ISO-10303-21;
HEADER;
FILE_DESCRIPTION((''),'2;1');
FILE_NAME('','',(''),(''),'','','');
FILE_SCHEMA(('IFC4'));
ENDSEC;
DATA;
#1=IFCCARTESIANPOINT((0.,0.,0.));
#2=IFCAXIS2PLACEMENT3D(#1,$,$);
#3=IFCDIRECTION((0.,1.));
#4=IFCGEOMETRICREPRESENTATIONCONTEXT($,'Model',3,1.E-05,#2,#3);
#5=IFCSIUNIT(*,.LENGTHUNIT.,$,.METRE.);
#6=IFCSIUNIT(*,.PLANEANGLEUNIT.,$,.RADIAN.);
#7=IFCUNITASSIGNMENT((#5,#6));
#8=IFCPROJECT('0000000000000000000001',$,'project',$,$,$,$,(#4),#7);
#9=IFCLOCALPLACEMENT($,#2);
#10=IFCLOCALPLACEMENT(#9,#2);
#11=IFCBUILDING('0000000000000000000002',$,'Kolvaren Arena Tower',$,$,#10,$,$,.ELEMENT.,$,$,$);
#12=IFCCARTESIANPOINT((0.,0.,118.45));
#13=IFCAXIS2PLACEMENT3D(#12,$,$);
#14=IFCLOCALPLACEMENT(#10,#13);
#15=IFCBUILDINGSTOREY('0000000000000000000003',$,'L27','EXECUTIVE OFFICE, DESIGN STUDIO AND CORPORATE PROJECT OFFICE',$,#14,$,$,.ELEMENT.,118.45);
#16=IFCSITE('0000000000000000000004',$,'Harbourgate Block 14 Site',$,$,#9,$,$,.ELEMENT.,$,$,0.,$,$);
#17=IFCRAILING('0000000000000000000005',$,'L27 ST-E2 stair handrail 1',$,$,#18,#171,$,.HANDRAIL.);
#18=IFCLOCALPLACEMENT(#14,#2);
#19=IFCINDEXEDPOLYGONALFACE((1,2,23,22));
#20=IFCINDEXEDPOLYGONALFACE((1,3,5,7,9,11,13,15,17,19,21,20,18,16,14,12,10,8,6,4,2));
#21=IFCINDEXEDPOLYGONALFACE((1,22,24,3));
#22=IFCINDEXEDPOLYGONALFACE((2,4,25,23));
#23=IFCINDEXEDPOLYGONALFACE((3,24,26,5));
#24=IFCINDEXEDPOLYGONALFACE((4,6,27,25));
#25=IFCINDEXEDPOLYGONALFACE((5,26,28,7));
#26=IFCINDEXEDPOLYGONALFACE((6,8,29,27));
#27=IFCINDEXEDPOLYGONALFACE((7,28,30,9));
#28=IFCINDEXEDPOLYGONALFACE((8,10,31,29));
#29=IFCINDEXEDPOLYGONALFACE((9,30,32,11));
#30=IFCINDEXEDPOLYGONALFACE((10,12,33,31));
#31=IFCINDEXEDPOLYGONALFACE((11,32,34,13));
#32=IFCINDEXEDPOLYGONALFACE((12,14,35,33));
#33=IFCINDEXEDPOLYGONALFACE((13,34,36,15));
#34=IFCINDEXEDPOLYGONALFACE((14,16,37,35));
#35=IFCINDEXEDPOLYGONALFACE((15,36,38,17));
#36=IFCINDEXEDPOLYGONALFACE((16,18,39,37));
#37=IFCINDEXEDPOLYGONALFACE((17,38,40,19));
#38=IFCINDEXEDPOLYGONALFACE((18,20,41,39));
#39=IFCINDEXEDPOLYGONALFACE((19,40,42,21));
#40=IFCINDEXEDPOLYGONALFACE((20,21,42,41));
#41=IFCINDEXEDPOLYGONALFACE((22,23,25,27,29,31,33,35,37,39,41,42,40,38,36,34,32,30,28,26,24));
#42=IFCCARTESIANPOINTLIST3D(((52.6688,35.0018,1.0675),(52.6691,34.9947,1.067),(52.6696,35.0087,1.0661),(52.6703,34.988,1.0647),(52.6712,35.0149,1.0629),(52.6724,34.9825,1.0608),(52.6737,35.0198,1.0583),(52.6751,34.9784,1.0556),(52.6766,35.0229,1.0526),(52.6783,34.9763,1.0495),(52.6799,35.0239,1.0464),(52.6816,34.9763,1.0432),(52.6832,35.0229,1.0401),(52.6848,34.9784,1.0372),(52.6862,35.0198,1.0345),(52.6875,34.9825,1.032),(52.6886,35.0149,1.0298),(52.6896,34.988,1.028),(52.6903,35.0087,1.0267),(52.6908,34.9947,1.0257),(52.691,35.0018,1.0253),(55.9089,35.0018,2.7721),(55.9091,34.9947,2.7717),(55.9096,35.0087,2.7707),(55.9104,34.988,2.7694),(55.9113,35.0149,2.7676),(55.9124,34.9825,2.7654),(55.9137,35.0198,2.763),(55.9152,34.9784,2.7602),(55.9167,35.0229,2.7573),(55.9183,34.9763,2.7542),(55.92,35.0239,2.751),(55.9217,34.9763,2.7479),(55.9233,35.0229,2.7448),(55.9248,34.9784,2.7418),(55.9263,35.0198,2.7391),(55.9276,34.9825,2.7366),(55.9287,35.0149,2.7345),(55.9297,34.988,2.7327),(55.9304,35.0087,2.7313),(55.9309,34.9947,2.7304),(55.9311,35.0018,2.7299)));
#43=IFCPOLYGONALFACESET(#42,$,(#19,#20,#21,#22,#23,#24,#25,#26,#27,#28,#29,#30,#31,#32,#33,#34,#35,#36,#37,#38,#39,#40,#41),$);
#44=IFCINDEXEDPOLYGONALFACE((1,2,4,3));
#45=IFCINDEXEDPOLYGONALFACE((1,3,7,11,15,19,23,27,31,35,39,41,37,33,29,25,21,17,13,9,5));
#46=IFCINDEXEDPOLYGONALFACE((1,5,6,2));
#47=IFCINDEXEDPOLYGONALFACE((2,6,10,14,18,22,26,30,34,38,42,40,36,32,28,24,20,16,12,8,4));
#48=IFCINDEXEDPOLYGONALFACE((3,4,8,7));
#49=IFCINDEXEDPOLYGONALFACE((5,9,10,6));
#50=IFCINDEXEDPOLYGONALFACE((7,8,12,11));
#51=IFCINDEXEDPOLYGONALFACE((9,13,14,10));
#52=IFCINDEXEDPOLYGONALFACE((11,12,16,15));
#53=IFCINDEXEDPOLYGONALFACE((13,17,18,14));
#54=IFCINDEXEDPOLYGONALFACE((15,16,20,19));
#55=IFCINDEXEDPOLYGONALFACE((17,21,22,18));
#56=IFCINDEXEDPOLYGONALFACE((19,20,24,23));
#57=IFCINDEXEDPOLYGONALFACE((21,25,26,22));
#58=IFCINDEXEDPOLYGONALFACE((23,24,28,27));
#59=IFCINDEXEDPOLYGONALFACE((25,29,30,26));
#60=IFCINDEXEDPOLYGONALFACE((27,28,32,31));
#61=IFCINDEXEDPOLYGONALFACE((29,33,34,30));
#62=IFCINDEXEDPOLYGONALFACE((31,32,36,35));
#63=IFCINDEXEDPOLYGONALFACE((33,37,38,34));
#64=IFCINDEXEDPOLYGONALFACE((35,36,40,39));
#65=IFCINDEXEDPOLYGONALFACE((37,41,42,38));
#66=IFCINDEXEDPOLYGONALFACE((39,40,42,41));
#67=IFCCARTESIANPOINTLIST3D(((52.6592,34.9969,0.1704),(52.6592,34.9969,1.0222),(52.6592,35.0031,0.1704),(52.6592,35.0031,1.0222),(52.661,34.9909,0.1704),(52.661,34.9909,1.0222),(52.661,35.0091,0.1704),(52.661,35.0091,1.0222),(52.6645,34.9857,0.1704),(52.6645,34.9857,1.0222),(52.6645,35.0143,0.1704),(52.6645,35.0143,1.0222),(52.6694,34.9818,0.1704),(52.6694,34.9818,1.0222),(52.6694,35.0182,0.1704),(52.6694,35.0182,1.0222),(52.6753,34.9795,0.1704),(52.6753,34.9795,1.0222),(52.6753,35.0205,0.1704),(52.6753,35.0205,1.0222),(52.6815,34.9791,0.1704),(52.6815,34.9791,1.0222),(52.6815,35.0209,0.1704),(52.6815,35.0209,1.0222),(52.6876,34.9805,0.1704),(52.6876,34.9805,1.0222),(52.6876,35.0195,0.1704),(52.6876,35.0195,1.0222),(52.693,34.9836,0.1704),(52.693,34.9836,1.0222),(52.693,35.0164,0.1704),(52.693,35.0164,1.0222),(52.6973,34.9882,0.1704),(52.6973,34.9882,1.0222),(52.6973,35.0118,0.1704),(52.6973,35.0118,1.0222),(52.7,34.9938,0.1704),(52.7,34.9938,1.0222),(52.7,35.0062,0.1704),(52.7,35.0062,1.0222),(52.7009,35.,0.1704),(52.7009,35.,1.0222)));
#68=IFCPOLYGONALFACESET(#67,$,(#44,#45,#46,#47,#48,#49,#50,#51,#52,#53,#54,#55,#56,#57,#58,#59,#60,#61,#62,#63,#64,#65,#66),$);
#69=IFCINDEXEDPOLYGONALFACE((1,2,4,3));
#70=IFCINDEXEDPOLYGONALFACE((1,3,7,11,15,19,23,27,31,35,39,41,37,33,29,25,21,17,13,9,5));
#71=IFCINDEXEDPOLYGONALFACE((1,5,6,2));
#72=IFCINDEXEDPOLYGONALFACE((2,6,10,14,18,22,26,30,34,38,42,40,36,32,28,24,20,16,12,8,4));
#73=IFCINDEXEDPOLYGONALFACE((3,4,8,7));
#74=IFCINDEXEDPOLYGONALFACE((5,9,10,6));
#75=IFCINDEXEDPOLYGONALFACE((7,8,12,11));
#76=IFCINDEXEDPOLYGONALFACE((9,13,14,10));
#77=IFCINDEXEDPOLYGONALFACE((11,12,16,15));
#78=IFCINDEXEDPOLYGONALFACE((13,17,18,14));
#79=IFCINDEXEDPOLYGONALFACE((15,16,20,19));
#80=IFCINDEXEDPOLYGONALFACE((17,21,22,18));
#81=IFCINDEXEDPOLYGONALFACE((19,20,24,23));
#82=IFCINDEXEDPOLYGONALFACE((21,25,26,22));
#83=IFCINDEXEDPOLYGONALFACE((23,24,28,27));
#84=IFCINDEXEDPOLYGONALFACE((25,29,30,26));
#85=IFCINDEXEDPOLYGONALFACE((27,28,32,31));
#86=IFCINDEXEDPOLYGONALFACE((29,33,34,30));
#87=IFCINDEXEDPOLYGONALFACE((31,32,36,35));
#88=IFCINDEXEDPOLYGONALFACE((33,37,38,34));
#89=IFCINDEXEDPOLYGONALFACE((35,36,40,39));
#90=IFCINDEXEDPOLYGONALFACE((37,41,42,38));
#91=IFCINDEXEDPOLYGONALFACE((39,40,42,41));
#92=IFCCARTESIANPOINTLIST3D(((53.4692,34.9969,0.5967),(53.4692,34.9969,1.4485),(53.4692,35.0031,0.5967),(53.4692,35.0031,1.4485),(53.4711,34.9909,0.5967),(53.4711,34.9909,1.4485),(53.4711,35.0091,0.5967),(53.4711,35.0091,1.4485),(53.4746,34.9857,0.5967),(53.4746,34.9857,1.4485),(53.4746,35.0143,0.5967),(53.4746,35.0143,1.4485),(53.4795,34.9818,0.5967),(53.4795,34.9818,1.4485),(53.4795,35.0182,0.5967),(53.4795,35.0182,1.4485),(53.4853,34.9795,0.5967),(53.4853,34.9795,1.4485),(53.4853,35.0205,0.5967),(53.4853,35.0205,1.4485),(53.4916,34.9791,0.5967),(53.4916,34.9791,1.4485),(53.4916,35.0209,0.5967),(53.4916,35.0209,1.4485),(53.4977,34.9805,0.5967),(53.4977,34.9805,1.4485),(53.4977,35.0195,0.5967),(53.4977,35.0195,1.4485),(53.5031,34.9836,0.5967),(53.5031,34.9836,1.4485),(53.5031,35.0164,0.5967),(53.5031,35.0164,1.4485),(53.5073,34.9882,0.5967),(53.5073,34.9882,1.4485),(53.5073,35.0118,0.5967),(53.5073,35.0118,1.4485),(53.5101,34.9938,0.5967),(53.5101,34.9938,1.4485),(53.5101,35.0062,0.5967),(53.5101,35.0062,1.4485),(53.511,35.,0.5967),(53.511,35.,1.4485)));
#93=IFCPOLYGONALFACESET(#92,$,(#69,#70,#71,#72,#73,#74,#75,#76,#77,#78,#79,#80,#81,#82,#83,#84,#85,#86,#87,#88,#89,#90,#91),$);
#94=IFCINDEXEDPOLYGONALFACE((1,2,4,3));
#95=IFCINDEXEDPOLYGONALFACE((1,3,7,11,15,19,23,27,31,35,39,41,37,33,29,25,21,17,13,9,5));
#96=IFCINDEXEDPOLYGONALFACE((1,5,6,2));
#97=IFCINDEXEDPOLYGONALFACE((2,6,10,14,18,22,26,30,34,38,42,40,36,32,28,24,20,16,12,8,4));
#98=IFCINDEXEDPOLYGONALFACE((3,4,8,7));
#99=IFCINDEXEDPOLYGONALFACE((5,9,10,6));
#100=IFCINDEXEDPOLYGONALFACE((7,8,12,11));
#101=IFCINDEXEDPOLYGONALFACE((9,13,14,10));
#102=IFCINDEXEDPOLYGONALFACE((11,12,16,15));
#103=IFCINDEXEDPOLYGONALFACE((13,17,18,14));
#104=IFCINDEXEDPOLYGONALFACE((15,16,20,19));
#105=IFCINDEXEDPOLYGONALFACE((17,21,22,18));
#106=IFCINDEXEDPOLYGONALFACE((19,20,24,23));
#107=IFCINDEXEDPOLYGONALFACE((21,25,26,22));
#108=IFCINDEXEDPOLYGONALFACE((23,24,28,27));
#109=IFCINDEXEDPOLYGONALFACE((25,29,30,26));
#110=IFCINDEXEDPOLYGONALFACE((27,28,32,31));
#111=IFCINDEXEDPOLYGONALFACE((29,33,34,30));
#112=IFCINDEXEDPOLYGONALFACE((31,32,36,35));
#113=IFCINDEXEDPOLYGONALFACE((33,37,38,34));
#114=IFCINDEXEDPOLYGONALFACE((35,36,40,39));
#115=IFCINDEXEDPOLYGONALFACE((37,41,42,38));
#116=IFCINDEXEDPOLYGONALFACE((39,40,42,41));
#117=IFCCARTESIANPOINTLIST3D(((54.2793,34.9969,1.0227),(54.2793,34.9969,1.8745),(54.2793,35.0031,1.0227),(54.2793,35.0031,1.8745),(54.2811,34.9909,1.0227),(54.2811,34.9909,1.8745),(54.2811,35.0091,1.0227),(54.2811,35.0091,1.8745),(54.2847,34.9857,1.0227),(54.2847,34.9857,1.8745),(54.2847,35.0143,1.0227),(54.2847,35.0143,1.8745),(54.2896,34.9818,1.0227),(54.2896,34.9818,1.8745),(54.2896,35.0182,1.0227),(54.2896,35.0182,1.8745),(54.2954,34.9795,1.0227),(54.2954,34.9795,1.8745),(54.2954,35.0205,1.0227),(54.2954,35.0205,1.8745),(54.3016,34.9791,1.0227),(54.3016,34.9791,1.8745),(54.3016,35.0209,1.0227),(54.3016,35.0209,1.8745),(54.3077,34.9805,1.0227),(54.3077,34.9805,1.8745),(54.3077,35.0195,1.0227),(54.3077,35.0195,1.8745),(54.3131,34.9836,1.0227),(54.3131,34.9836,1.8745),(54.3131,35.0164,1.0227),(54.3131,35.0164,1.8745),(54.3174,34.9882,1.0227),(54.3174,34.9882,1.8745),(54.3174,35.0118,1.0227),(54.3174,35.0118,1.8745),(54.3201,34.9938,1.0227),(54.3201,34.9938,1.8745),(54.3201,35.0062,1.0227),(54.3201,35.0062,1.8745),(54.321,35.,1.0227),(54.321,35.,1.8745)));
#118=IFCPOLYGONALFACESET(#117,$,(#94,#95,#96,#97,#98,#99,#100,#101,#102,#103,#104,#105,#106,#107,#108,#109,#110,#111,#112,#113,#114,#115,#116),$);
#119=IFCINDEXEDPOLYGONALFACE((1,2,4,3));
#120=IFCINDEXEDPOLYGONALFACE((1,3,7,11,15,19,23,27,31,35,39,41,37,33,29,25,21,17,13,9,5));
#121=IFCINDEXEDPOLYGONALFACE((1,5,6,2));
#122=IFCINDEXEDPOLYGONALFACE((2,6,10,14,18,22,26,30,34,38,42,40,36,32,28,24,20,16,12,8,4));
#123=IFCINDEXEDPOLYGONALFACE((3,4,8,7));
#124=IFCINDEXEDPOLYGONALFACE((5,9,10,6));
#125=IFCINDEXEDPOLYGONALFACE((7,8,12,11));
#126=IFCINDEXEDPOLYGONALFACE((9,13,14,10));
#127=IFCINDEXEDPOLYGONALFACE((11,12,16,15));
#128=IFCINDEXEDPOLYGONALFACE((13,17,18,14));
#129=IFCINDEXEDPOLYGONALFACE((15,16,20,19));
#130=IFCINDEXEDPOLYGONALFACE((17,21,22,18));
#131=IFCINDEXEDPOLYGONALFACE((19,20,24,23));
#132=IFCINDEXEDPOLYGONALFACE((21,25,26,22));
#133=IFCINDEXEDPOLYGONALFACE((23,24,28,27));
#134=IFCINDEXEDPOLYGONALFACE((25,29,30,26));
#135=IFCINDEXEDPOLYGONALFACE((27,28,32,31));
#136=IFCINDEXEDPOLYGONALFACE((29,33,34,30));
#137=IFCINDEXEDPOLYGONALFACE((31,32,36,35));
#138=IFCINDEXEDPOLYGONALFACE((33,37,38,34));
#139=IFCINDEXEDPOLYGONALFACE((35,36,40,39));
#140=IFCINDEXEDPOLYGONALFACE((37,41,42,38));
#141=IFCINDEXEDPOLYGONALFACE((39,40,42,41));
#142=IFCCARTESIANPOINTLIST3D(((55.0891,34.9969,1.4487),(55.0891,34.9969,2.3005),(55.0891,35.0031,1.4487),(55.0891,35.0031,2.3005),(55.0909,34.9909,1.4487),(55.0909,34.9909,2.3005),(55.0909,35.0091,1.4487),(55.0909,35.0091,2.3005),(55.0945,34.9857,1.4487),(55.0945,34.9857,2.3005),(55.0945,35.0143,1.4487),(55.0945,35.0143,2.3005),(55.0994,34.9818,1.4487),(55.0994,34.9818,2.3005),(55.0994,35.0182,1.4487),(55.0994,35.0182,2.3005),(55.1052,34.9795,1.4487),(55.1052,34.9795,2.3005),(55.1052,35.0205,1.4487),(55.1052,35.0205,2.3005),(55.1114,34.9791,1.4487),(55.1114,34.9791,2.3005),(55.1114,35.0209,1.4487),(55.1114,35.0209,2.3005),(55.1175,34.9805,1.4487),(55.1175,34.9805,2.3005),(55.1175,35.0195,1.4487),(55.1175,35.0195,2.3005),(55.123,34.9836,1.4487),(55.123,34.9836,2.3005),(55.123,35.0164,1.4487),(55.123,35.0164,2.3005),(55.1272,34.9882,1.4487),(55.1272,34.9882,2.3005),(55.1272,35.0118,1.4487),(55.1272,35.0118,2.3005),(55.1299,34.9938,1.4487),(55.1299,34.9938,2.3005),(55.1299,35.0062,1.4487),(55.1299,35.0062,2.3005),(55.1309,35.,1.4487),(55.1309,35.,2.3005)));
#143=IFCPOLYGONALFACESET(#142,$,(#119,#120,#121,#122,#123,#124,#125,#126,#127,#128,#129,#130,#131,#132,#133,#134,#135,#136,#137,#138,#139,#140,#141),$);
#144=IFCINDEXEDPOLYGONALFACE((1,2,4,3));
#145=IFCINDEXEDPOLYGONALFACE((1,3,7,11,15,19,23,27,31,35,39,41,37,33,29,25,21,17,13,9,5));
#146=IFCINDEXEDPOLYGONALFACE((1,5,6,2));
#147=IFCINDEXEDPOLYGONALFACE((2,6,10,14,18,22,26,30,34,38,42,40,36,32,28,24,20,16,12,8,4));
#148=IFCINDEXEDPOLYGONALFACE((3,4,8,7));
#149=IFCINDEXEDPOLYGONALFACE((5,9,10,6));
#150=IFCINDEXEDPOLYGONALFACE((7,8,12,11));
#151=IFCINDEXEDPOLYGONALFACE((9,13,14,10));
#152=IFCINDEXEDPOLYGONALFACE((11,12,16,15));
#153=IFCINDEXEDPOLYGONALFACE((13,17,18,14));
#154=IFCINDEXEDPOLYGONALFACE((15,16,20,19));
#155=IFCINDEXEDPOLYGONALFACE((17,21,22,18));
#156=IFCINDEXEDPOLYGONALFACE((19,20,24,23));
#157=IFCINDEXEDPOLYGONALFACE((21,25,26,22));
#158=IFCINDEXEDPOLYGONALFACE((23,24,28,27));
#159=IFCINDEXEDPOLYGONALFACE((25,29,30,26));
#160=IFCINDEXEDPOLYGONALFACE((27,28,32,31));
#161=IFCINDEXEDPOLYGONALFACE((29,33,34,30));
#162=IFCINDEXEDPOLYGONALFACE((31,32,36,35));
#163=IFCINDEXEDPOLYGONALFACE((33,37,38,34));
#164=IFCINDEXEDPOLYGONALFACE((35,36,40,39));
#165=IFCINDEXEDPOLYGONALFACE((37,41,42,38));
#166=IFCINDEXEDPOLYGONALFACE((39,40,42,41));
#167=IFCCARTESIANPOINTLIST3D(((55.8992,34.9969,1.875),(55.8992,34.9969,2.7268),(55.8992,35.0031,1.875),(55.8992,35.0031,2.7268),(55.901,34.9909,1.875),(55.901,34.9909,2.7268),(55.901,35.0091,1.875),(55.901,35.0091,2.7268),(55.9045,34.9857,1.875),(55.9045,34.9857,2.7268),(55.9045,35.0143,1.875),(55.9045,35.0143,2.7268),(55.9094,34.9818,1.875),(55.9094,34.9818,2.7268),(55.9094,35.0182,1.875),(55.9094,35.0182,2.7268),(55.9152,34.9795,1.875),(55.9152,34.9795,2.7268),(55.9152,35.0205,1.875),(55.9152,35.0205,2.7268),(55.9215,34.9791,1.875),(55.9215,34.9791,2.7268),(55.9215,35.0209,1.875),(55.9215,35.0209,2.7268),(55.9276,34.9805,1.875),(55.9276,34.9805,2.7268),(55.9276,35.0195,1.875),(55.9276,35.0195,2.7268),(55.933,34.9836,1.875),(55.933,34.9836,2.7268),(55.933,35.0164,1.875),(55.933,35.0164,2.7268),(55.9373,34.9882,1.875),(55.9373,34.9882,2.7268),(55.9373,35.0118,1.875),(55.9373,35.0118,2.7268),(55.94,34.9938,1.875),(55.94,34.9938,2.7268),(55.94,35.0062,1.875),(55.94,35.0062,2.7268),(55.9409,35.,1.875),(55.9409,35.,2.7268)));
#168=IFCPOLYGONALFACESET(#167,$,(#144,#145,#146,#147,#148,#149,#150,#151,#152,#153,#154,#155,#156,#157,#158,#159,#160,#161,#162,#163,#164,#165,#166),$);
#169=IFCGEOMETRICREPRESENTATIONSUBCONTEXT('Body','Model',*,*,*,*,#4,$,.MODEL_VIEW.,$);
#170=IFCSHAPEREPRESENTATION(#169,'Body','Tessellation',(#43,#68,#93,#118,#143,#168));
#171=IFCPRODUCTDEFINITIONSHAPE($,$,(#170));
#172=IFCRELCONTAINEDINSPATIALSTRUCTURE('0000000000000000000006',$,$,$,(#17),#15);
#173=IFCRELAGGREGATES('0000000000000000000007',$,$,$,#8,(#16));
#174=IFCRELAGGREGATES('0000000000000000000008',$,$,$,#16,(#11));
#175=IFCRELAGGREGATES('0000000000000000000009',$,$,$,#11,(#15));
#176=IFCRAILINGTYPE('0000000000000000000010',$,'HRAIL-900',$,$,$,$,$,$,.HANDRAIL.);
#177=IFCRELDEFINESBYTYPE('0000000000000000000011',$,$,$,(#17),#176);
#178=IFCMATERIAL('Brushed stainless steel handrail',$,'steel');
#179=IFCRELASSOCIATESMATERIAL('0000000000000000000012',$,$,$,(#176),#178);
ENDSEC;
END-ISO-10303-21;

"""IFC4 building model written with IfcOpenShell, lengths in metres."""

from ifc_helpers import new_model, si_unit, direction, frame, origin, origin_2d, place, context, subcontext, project, spatial, circle, extrude, material, type_object, element, save


model = new_model("IFC4")

# Units and contexts
model_context = context("Model", 3, precision=1e-05, world=origin(), true_north=direction((0.0, 1.0)))
body_context = subcontext(model_context, "Body", "Model", "MODEL_VIEW")
ifc_project = project(units=[si_unit("LENGTHUNIT", "METRE"), si_unit("PLANEANGLEUNIT", "RADIAN")], contexts=[model_context])

# Site, building, storey
site_placement = place(None, origin())
site = spatial("IfcSite", under=ifc_project, at=site_placement, Name="Harbourgate Block 14 Site", CompositionType="ELEMENT", RefElevation=0.0)
building_placement = place(site_placement, origin())
building = spatial("IfcBuilding", under=site, at=building_placement, Name="Kolvaren Arena Tower", CompositionType="ELEMENT")
storey_placement = place(building_placement, frame((0.0, 0.0, 118.45)))
storey = spatial("IfcBuildingStorey", under=building, at=storey_placement, Name="L27", Description="EXECUTIVE OFFICE, DESIGN STUDIO AND CORPORATE PROJECT OFFICE", CompositionType="ELEMENT", Elevation=118.45)

# Railing
ifc_material_1 = material(Name="Brushed stainless steel handrail", Category="steel")
railing_type_1 = type_object("IfcRailingType", Name="HRAIL-900", PredefinedType="HANDRAIL", material=ifc_material_1)
for number, where, name in (
    (1, (52.6799, 35.0, 0.1704), "L27 ST-E2 stair handrail 1"),
):
    element("IfcRailing", number, at=place(storey_placement, frame(where)), inside=storey, type_object=railing_type_1, Name=name, PredefinedType="HANDRAIL", context=body_context, shape_type="SweptSolid", body=[
        extrude(circle(Radius=0.0239, at=origin_2d()), frame((0.0, 0.0, 0.876), z_axis=(0.884993, 0.0, 0.465604), x_axis=(0.0, 1.0, 0.0)), (0.0, 0.0, 1.0), 3.6611),
        extrude(circle(Radius=0.021, at=origin_2d()), origin(), (0.0, 0.0, 1.0), 0.8518),
        extrude(circle(Radius=0.021, at=origin_2d()), frame((0.8101, 0.0, 0.4263)), (0.0, 0.0, 1.0), 0.8518),
        extrude(circle(Radius=0.021, at=origin_2d()), frame((1.6201, 0.0, 0.8523)), (0.0, 0.0, 1.0), 0.8518),
        extrude(circle(Radius=0.021, at=origin_2d()), frame((2.4299, 0.0, 1.2783)), (0.0, 0.0, 1.0), 0.8518),
        extrude(circle(Radius=0.021, at=origin_2d()), frame((3.24, 0.0, 1.7046)), (0.0, 0.0, 1.0), 0.8518),
    ])

save(model, "model.ifc")
